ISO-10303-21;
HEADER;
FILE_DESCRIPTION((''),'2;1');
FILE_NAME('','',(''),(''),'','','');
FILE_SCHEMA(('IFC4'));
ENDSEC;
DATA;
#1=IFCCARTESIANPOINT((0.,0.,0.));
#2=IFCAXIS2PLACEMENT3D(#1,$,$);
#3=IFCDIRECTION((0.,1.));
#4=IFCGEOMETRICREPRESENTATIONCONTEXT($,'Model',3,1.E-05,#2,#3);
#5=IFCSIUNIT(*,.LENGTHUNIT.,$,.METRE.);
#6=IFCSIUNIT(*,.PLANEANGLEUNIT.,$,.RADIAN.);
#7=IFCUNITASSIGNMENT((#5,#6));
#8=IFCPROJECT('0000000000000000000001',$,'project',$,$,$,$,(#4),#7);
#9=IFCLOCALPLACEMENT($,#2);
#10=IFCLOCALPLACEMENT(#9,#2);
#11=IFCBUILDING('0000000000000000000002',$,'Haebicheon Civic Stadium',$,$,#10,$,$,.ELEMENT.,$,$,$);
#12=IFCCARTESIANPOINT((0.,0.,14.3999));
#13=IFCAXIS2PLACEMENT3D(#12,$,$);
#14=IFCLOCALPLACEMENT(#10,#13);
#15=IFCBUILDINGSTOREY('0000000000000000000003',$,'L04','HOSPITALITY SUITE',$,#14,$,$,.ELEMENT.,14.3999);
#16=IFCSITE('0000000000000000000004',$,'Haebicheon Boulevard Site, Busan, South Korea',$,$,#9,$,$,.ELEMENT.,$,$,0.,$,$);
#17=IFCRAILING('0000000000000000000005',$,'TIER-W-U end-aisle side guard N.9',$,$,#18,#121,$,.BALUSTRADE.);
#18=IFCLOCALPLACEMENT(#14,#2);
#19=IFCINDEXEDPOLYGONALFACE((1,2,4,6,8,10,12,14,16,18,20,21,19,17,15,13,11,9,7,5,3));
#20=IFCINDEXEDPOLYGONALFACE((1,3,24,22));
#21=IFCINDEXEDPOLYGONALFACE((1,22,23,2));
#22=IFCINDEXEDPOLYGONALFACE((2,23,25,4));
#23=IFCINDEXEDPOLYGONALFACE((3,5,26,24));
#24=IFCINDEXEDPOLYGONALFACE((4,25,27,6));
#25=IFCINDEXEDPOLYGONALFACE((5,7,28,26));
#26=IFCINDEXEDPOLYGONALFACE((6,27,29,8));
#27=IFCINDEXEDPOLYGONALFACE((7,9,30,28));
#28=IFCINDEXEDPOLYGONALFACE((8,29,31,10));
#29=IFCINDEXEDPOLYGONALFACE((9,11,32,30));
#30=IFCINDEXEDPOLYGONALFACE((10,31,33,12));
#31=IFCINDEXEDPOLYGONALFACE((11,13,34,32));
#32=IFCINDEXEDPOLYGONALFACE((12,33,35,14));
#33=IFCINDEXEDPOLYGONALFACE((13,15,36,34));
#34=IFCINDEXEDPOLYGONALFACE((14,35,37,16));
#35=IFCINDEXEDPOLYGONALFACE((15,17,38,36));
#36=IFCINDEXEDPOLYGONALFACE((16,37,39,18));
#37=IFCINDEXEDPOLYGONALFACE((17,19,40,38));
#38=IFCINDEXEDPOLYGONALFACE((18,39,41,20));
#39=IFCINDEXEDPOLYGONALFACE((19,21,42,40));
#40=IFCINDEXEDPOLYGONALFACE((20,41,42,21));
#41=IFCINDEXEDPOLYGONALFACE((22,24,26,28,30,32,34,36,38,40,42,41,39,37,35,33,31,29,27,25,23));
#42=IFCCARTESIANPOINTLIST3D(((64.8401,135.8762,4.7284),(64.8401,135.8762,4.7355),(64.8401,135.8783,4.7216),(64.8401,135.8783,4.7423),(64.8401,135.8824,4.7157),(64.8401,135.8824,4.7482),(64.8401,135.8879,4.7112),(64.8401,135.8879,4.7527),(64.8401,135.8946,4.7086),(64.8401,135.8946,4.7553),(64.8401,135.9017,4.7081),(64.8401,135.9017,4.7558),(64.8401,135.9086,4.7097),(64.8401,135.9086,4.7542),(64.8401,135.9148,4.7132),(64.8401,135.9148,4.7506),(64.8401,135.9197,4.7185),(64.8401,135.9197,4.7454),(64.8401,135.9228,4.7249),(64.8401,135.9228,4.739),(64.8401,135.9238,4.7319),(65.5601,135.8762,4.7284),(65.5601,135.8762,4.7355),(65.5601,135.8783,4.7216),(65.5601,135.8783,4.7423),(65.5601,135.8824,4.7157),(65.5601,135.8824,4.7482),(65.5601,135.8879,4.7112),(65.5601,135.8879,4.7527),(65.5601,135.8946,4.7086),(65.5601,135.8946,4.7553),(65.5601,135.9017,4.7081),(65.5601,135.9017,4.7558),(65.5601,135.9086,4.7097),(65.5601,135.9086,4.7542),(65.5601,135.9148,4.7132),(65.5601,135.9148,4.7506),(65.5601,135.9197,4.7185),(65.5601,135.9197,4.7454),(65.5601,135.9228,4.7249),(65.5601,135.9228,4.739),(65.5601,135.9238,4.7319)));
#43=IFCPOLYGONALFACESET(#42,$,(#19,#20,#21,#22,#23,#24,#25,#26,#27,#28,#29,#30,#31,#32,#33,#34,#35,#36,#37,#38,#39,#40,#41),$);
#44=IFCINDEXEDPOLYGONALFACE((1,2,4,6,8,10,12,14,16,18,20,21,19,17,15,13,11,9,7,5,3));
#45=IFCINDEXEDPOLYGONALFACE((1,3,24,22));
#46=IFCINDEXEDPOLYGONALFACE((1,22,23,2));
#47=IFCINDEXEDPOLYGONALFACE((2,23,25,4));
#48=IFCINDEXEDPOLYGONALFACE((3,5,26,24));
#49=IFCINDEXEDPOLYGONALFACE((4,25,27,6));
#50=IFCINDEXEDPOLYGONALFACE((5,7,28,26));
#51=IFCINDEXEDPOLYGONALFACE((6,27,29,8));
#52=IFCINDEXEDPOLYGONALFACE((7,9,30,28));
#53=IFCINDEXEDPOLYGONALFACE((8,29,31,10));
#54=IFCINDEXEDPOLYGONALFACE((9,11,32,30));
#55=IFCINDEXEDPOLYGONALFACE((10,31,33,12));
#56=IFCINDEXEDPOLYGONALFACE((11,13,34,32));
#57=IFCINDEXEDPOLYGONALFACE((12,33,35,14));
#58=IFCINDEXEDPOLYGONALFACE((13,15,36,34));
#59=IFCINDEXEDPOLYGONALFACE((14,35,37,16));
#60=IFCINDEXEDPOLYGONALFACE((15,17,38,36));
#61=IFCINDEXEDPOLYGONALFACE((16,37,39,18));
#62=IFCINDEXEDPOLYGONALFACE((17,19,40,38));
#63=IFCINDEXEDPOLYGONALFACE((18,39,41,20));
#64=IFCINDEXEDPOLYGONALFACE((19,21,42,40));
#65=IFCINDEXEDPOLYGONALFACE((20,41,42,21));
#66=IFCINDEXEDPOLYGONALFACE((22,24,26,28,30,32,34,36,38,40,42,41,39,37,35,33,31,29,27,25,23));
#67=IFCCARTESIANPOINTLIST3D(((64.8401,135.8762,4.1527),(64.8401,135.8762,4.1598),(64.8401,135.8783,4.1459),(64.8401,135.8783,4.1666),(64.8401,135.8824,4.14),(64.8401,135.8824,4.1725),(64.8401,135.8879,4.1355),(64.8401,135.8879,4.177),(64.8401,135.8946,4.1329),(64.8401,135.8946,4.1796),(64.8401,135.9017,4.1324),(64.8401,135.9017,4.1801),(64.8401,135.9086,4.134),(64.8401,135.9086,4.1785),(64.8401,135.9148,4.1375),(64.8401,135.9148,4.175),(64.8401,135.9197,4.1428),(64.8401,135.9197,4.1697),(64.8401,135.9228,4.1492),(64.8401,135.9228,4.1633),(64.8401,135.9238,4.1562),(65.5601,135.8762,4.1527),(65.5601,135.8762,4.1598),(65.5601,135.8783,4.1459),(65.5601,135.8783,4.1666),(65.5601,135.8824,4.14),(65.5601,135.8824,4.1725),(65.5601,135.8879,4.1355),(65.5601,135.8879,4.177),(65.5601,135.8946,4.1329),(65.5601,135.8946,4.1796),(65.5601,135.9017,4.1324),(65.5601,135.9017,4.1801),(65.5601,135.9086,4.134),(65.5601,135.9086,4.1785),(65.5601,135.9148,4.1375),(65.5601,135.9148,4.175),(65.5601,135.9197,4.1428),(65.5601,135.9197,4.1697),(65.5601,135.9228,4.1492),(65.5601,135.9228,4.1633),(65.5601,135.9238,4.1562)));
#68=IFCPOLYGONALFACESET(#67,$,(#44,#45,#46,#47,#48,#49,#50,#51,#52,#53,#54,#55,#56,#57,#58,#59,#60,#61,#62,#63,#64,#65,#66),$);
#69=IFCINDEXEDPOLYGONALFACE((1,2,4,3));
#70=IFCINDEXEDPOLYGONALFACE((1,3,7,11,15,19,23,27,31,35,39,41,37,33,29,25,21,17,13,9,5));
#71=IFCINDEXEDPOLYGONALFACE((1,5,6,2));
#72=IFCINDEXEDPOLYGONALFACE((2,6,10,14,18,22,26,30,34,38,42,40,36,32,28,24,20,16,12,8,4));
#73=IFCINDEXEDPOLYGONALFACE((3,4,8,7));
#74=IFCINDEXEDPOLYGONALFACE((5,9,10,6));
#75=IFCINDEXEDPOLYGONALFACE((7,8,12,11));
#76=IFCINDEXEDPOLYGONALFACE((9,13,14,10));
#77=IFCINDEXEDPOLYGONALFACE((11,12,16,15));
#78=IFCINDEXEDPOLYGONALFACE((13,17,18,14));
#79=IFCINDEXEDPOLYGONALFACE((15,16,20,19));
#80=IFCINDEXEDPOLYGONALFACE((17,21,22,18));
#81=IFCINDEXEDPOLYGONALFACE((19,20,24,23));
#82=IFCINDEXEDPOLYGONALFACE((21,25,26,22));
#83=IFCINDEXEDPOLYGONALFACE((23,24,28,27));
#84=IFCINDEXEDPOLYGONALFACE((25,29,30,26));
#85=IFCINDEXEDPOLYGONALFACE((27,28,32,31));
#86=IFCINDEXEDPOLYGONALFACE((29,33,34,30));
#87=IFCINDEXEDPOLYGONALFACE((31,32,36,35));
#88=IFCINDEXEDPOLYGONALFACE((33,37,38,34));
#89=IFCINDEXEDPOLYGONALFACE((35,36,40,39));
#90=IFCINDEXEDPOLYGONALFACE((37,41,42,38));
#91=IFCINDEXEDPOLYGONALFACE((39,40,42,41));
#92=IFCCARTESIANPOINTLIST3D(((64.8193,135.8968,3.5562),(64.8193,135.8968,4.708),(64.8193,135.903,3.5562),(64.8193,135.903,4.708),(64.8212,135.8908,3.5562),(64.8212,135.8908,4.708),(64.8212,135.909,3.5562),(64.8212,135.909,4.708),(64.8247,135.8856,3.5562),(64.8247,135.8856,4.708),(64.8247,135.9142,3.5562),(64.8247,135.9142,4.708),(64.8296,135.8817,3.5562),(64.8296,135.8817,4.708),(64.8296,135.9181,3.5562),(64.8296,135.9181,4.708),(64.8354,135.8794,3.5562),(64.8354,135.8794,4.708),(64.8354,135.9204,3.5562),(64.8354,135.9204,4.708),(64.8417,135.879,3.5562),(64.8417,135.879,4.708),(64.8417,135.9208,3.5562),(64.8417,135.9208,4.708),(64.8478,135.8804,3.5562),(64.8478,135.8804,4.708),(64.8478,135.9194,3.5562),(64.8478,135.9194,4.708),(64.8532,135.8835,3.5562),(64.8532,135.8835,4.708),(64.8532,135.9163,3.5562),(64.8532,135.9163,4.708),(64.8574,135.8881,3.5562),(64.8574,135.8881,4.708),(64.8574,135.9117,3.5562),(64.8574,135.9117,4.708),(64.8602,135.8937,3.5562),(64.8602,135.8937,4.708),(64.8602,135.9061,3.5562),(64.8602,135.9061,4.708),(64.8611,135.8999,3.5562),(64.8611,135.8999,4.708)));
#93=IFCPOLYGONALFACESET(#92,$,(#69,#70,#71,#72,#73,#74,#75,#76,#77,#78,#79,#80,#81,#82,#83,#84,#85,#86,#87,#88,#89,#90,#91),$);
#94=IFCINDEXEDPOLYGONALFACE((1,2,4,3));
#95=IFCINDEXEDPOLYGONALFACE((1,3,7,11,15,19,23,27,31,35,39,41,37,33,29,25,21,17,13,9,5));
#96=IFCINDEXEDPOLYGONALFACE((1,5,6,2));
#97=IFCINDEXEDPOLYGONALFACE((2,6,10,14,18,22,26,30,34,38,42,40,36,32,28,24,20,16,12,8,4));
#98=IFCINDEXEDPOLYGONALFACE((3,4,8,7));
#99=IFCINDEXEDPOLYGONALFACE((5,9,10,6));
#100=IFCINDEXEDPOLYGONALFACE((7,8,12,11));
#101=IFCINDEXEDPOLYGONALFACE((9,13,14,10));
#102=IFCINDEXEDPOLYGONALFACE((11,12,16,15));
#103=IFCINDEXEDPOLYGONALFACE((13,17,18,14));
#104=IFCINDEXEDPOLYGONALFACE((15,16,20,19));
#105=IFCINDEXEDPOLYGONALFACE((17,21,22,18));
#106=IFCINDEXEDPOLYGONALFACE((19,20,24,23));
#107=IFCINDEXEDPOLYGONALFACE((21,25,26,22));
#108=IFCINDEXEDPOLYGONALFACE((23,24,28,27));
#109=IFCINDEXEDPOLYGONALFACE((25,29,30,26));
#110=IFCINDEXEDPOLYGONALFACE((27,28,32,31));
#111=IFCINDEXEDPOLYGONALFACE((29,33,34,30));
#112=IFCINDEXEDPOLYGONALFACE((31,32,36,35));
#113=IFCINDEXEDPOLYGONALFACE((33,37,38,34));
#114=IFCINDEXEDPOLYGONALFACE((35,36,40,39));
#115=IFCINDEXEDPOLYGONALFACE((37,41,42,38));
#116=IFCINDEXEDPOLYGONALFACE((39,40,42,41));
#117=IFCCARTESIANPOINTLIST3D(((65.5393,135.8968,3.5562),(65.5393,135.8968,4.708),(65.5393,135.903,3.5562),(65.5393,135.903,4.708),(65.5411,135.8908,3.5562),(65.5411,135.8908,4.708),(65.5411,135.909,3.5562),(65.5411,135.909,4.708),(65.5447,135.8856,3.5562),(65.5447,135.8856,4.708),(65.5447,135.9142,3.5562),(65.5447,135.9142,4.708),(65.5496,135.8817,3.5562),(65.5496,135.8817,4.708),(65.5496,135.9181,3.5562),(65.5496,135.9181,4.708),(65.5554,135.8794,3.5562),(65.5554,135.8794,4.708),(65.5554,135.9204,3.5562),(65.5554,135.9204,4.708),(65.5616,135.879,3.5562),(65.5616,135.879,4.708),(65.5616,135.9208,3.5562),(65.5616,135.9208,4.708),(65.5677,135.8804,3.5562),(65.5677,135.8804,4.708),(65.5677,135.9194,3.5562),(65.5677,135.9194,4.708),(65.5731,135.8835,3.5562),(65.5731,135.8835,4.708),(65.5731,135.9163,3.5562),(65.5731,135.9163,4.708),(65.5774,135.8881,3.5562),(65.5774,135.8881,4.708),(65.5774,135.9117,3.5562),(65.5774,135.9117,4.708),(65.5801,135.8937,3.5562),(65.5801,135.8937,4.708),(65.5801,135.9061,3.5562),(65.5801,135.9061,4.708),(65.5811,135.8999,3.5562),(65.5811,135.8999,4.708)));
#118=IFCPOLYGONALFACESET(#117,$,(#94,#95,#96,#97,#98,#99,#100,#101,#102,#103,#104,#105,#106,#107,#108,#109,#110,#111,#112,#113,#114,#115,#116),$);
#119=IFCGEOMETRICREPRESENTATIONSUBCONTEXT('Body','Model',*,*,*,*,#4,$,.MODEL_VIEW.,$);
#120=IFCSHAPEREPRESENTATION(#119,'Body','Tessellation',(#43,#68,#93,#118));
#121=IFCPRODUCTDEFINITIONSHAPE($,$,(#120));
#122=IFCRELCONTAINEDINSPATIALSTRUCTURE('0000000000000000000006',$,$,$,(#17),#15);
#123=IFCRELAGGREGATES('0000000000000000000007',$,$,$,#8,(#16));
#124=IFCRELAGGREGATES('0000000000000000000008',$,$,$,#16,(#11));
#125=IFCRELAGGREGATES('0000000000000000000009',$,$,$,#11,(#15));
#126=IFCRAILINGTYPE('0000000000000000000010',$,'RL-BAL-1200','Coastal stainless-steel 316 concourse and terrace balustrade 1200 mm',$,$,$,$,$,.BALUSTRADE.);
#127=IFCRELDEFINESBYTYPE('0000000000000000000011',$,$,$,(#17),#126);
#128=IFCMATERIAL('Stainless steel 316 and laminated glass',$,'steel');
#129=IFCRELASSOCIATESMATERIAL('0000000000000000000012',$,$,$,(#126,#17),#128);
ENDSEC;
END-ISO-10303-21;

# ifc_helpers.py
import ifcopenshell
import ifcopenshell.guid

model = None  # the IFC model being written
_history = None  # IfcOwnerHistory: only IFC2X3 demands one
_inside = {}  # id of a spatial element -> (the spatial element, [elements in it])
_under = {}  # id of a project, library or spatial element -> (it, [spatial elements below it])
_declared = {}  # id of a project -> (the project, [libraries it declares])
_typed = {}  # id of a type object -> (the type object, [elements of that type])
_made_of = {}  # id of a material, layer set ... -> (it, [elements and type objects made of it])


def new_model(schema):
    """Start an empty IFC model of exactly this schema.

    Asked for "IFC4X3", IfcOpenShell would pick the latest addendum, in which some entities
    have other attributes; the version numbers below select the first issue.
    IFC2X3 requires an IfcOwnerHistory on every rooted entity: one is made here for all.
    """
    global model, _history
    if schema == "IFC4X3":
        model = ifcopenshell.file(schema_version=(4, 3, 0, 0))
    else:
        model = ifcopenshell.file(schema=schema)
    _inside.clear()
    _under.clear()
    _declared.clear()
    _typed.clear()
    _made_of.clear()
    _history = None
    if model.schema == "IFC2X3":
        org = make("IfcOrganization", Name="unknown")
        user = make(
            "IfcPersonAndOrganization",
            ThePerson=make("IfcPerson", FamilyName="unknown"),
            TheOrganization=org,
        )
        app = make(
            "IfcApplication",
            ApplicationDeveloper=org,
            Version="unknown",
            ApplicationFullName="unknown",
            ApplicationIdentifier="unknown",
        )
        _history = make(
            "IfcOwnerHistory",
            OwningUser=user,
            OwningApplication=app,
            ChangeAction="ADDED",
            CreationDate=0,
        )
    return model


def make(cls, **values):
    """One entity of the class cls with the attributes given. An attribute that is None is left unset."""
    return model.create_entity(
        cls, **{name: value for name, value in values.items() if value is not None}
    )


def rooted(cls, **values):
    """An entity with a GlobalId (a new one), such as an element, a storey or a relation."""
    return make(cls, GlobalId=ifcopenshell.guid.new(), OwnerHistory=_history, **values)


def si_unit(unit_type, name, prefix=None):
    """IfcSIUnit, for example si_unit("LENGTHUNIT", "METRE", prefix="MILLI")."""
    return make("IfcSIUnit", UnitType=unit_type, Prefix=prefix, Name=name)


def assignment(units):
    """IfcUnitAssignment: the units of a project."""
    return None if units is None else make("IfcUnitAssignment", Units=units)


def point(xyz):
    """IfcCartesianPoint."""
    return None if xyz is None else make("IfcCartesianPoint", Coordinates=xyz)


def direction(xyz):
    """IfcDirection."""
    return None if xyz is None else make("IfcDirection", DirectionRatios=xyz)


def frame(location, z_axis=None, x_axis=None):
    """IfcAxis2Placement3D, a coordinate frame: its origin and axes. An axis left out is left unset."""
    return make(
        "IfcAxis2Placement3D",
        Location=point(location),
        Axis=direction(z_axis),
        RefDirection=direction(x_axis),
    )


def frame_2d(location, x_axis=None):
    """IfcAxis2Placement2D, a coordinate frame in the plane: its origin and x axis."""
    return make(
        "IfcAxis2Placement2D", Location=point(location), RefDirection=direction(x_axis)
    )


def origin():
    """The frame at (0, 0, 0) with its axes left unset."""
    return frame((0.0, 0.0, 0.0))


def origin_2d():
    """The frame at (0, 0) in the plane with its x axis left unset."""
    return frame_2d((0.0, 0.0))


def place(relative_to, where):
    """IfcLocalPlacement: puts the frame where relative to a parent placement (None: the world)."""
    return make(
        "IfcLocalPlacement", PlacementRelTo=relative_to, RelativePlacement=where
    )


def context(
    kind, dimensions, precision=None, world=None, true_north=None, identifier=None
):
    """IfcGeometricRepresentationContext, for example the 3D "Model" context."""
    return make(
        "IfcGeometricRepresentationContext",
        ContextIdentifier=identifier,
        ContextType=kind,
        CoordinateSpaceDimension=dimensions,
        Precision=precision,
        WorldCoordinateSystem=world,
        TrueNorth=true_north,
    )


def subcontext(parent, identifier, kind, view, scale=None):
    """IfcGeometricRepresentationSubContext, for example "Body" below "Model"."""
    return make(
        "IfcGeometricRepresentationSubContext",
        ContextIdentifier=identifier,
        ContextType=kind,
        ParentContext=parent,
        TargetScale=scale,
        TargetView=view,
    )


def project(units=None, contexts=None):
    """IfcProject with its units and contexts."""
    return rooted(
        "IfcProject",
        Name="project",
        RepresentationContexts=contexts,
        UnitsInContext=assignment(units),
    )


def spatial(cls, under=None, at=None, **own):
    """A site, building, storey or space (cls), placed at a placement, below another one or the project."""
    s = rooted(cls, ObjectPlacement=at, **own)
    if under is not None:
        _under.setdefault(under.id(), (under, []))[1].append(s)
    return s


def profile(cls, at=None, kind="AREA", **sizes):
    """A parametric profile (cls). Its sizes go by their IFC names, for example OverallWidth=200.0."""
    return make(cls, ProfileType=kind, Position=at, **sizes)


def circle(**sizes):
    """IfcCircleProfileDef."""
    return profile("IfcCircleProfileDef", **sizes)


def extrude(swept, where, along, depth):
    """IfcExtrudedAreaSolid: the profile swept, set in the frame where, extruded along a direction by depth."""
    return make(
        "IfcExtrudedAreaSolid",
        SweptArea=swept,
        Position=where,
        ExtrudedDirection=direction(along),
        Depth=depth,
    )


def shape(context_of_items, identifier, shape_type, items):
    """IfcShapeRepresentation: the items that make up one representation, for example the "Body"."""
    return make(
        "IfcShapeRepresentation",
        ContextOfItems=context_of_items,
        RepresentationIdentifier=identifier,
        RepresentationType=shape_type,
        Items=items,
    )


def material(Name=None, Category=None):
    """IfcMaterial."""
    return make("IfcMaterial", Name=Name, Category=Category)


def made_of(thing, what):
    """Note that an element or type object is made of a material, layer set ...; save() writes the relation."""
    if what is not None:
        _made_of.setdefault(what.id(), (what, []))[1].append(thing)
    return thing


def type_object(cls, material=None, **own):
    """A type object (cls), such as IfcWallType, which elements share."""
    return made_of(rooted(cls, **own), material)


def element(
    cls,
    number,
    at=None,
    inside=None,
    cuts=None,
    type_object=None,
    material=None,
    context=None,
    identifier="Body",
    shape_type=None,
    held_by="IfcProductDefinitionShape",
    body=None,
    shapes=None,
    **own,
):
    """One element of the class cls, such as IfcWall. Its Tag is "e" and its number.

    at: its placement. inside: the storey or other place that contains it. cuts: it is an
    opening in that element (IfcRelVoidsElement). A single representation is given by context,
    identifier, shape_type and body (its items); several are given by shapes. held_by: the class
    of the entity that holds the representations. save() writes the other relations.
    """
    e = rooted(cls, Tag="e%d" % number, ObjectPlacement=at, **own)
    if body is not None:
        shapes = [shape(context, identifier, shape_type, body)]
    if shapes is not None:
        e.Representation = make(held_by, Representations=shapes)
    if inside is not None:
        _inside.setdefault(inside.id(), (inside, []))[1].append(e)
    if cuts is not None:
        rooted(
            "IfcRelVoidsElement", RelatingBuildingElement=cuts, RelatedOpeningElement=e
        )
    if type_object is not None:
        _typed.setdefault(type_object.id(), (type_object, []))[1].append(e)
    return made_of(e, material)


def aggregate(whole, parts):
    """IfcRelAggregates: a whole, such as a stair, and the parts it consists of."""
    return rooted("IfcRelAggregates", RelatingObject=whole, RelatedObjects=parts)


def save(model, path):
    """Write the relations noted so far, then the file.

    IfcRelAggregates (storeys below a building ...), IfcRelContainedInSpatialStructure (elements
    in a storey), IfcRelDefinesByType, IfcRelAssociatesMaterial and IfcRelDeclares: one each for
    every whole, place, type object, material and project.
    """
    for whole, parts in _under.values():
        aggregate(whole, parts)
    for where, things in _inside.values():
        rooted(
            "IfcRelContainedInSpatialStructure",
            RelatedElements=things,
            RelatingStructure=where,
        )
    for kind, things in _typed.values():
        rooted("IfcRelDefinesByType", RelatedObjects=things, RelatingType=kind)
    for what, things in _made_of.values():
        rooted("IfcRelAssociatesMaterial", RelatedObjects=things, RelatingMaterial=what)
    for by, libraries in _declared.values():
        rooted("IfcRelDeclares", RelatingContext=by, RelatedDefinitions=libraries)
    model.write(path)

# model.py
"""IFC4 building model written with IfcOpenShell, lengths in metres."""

from ifc_helpers import new_model, si_unit, direction, frame, origin, origin_2d, place, context, subcontext, project, spatial, circle, extrude, material, type_object, element, save


model = new_model("IFC4")

# Units and contexts
model_context = context("Model", 3, precision=1e-05, world=origin(), true_north=direction((0.0, 1.0)))
body_context = subcontext(model_context, "Body", "Model", "MODEL_VIEW")
ifc_project = project(units=[si_unit("LENGTHUNIT", "METRE"), si_unit("PLANEANGLEUNIT", "RADIAN")], contexts=[model_context])

# Site, building, storey
site_placement = place(None, origin())
site = spatial("IfcSite", under=ifc_project, at=site_placement, Name="Haebicheon Boulevard Site, Busan, South Korea", CompositionType="ELEMENT", RefElevation=0.0)
building_placement = place(site_placement, origin())
building = spatial("IfcBuilding", under=site, at=building_placement, Name="Haebicheon Civic Stadium", CompositionType="ELEMENT")
storey_placement = place(building_placement, frame((0.0, 0.0, 14.3999)))
storey = spatial("IfcBuildingStorey", under=building, at=storey_placement, Name="L04", Description="HOSPITALITY SUITE", CompositionType="ELEMENT", Elevation=14.3999)

# Railing
ifc_material_1 = material(Name="Stainless steel 316 and laminated glass", Category="steel")
railing_type = type_object("IfcRailingType", Name="RL-BAL-1200", Description="Coastal stainless-steel 316 concourse and terrace balustrade 1200 mm", PredefinedType="BALUSTRADE", material=ifc_material_1)
railing_1_placement = place(storey_placement, frame((64.8401, 135.8999, 3.5562)))
element("IfcRailing", 1, at=railing_1_placement, inside=storey, type_object=railing_type, material=ifc_material_1, Name="TIER-W-U end-aisle side guard N.9", PredefinedType="BALUSTRADE", context=body_context, shape_type="SweptSolid", body=[
    extrude(circle(Radius=0.0239, at=origin_2d()), frame((0.0, 0.0, 1.1758), z_axis=(1.0, 0.0, 0.0), x_axis=(0.0, 1.0, 0.0)), (0.0, 0.0, 1.0), 0.72),
    extrude(circle(Radius=0.0239, at=origin_2d()), frame((0.0, 0.0, 0.6001), z_axis=(1.0, 0.0, 0.0), x_axis=(0.0, 1.0, 0.0)), (0.0, 0.0, 1.0), 0.72),
    extrude(circle(Radius=0.021, at=origin_2d()), origin(), (0.0, 0.0, 1.0), 1.1519),
    extrude(circle(Radius=0.021, at=origin_2d()), frame((0.72, 0.0, 0.0)), (0.0, 0.0, 1.0), 1.1519),
])

save(model, "model.ifc")
